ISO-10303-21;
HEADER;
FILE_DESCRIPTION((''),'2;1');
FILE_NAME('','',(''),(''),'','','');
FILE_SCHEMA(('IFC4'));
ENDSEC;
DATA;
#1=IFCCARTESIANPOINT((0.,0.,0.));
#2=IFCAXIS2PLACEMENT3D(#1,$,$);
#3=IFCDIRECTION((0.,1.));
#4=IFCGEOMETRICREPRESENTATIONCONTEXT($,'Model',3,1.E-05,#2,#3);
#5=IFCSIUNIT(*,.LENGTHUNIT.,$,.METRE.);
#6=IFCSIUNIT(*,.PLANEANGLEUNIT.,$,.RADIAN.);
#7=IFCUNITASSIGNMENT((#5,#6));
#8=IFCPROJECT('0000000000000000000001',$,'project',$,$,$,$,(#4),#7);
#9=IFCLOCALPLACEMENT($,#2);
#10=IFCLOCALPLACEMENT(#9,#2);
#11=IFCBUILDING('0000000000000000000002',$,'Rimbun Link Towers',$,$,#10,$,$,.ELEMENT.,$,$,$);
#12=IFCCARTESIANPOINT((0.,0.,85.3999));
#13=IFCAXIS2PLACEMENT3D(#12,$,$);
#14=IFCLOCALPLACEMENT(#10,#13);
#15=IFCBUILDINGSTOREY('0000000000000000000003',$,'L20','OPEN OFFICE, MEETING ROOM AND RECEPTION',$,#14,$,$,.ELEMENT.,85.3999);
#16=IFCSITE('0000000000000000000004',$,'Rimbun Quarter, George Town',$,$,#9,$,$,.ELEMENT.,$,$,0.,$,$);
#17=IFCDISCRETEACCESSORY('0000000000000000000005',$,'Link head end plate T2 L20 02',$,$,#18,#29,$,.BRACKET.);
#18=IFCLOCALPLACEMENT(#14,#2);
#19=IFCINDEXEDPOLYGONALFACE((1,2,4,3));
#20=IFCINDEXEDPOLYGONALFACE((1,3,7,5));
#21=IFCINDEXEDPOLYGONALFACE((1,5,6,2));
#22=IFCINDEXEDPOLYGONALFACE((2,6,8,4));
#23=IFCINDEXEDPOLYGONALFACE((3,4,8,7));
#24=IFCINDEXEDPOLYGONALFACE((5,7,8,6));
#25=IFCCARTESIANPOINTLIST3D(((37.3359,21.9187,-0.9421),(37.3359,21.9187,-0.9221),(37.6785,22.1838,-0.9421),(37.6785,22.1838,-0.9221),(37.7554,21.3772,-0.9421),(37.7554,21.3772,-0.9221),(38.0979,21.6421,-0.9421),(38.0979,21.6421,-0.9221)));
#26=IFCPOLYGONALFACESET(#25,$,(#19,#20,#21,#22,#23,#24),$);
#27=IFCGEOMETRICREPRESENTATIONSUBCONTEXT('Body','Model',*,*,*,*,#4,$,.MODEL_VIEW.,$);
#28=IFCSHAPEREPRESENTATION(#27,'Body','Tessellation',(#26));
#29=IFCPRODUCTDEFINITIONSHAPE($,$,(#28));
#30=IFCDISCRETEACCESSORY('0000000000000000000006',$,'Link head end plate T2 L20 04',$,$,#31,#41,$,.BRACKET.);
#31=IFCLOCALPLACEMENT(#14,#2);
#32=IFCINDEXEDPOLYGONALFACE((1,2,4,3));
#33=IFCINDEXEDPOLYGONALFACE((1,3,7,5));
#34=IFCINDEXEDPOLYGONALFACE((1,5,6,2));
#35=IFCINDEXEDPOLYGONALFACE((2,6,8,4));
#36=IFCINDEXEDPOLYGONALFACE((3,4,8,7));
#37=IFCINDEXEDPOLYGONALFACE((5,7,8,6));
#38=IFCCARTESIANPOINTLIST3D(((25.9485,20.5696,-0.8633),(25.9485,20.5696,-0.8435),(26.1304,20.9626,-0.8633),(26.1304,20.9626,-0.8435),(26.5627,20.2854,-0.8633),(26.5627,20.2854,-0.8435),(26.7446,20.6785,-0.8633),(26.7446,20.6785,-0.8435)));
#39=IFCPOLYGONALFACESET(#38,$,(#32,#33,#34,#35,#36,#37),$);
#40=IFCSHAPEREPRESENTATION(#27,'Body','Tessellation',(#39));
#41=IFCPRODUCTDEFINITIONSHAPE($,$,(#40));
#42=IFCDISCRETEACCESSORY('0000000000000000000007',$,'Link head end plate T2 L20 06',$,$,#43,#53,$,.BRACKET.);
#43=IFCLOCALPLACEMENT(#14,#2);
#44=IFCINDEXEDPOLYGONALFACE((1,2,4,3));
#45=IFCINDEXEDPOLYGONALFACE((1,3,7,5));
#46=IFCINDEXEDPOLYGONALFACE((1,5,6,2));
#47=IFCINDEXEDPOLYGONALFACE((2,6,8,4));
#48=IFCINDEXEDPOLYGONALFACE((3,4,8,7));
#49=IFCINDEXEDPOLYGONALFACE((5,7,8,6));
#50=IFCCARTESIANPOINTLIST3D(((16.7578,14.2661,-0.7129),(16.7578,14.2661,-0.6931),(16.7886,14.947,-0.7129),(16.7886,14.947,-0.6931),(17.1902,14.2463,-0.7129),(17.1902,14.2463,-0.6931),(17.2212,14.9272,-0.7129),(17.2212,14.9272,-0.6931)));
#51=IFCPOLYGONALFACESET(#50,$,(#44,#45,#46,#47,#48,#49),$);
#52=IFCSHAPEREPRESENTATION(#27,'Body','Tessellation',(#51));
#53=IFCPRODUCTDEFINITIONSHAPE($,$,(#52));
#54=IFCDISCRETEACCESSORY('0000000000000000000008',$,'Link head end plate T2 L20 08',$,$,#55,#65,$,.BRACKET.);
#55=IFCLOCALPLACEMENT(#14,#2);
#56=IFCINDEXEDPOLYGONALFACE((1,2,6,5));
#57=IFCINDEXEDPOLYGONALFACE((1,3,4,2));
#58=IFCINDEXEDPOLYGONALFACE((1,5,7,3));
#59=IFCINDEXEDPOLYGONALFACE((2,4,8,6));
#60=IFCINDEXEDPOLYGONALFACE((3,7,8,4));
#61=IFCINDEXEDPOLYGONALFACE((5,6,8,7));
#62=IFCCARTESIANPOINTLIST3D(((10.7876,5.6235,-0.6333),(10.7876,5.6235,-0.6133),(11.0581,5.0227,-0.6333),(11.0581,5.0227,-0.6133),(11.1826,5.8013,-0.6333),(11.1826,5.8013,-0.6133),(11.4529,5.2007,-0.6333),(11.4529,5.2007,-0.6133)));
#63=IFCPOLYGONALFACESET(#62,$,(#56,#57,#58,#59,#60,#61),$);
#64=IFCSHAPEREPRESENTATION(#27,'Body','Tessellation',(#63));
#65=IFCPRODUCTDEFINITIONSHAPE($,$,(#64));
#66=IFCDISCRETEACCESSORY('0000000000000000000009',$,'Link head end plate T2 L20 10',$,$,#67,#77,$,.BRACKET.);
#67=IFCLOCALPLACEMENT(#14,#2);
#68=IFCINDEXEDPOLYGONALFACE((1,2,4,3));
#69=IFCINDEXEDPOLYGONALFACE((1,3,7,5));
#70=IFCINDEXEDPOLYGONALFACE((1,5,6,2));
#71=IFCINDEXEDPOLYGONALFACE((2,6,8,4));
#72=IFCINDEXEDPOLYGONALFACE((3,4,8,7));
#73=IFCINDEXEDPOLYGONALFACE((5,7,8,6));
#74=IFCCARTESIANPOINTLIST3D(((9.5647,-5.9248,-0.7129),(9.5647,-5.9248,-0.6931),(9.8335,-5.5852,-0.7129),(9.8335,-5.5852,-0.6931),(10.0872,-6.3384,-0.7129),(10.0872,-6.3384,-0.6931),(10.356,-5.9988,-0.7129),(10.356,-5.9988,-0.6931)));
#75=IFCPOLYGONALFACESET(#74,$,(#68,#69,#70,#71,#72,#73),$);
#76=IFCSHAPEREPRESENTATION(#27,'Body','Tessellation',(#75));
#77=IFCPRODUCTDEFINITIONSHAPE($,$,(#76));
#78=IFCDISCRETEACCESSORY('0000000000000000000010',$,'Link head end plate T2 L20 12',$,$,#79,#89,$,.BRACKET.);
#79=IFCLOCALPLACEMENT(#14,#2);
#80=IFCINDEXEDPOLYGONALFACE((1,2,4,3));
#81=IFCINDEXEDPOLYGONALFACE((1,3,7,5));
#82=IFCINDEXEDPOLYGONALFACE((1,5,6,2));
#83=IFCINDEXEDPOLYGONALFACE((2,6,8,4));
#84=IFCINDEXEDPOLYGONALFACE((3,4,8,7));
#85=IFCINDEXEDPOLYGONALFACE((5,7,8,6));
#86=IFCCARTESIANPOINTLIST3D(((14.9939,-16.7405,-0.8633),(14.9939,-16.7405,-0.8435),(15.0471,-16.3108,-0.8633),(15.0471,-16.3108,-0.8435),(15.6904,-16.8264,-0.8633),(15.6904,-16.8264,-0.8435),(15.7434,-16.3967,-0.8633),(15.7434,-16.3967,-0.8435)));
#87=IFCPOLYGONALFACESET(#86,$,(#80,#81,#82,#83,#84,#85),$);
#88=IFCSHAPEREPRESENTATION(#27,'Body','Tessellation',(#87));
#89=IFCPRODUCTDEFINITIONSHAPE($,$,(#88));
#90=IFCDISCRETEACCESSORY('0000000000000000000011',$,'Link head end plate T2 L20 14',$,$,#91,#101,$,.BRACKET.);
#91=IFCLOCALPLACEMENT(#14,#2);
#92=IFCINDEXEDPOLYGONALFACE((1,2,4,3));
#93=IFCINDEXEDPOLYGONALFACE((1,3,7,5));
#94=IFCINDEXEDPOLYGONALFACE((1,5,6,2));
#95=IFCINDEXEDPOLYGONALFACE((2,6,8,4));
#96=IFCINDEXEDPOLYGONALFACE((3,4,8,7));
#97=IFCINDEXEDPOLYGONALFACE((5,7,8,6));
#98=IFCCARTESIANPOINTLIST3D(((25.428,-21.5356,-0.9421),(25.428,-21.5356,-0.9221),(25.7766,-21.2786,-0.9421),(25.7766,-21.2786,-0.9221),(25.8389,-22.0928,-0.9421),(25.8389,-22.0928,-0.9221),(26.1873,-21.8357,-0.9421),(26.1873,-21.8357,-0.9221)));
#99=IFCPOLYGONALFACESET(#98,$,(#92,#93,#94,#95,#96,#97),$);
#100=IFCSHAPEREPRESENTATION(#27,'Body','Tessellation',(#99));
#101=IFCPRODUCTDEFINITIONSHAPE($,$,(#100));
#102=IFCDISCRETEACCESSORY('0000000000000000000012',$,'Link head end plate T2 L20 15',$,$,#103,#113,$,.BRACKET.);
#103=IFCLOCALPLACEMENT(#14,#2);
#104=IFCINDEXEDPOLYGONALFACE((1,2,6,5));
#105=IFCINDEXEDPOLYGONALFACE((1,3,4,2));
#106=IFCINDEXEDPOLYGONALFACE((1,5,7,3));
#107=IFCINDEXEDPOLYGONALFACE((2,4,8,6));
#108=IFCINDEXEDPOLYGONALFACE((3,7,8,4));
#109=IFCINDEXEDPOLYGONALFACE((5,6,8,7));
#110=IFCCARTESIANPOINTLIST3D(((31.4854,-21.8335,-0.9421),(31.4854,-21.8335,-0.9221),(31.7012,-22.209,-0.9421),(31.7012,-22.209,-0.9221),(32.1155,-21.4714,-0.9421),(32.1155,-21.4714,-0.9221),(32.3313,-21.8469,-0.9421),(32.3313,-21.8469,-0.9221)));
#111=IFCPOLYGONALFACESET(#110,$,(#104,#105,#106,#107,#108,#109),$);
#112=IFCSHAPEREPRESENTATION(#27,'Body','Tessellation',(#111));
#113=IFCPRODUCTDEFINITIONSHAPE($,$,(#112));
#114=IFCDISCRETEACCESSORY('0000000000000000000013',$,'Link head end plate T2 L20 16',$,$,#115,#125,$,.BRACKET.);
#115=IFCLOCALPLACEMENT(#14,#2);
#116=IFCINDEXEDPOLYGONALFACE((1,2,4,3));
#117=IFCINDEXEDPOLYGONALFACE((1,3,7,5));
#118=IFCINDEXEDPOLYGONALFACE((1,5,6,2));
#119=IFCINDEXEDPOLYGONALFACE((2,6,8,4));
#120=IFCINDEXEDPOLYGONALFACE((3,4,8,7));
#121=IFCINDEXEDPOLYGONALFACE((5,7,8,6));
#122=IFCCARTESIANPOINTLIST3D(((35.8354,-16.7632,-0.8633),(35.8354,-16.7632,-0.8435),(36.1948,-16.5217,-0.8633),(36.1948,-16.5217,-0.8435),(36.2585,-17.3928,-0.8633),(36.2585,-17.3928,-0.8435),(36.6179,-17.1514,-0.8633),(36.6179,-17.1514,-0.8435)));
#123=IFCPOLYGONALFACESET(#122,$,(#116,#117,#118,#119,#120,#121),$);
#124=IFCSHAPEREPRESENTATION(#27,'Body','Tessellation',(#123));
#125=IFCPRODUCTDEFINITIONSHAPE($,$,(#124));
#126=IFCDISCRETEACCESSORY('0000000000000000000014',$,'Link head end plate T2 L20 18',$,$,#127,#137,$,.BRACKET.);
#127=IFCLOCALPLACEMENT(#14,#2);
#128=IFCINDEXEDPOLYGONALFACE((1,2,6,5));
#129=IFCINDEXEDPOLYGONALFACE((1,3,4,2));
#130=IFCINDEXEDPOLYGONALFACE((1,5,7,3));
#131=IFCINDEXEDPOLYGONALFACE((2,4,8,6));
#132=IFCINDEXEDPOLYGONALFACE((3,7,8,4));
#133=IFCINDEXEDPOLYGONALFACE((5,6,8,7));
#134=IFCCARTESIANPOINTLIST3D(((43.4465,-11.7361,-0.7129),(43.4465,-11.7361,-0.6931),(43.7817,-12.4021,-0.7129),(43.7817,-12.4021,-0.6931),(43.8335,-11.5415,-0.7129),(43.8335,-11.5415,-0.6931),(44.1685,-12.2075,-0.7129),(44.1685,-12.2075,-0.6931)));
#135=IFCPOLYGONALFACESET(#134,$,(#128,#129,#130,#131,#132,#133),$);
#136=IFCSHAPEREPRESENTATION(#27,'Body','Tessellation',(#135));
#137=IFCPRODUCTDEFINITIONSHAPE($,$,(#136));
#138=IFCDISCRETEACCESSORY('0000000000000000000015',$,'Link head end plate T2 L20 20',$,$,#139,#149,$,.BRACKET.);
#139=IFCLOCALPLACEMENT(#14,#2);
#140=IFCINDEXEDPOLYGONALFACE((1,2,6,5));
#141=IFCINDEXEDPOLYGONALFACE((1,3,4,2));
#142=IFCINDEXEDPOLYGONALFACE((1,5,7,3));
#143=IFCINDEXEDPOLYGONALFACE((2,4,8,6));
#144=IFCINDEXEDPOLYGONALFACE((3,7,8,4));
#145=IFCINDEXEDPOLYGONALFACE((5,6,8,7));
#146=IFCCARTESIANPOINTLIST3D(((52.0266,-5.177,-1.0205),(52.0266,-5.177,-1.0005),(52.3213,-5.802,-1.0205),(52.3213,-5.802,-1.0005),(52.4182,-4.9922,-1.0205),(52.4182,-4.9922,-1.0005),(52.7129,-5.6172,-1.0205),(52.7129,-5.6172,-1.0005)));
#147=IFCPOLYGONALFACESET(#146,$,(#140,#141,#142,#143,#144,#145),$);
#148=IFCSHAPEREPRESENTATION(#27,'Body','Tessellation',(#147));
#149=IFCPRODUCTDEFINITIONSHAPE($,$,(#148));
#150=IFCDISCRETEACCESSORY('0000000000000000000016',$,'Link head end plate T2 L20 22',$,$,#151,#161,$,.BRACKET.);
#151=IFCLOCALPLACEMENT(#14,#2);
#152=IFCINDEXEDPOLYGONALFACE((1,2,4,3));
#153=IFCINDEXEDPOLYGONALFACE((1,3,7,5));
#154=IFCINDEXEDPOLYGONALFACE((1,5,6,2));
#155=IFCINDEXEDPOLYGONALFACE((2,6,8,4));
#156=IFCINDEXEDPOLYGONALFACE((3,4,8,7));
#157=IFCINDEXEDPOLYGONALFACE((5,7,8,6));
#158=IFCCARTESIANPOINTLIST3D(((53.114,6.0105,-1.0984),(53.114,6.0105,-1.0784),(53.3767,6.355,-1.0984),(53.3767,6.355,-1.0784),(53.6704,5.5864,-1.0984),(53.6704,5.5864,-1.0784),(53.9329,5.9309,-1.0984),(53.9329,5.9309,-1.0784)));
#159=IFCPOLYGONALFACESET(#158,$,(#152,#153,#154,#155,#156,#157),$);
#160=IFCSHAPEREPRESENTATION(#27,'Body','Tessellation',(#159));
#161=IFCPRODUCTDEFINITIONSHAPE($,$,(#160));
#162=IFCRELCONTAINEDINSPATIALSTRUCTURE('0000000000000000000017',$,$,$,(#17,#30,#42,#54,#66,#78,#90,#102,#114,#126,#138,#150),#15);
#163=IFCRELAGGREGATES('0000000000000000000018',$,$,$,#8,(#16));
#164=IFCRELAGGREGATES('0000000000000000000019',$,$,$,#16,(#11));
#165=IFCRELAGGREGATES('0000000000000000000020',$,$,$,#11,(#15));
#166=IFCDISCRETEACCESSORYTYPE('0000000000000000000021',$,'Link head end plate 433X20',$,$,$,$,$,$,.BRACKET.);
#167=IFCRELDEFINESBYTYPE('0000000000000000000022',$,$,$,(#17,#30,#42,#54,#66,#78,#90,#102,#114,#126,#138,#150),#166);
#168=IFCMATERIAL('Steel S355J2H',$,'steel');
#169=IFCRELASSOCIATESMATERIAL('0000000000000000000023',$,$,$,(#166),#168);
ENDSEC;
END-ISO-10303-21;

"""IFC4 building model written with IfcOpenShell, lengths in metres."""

from ifc_helpers import new_model, si_unit, direction, frame, origin, origin_2d, place, context, subcontext, project, spatial, polyline, rectangle, outline, extrude, material, material_profile, profile_set, type_object, element, save


model = new_model("IFC4")

# Units and contexts
model_context = context("Model", 3, precision=1e-05, world=origin(), true_north=direction((0.0, 1.0)))
body_context = subcontext(model_context, "Body", "Model", "MODEL_VIEW")
ifc_project = project(units=[si_unit("LENGTHUNIT", "METRE"), si_unit("PLANEANGLEUNIT", "RADIAN")], contexts=[model_context])

# Site, building, storey
site_placement = place(None, origin())
site = spatial("IfcSite", under=ifc_project, at=site_placement, Name="Rimbun Quarter, George Town", CompositionType="ELEMENT", RefElevation=0.0)
building_placement = place(site_placement, origin())
building = spatial("IfcBuilding", under=site, at=building_placement, Name="Rimbun Link Towers", CompositionType="ELEMENT")
storey_placement = place(building_placement, frame((0.0, 0.0, 85.3999)))
storey = spatial("IfcBuildingStorey", under=building, at=storey_placement, Name="L20", Description="OPEN OFFICE, MEETING ROOM AND RECEPTION", CompositionType="ELEMENT", Elevation=85.3999)

# Discrete accessories
ifc_material_1 = material(Name="Steel S355J2H", Category="steel")
ifc_material_profile_1 = material_profile(ifc_material_1, rectangle(XDim=0.4331, YDim=0.4331, at=origin_2d()), Name="PL 433x433")
ifc_profile_set_1 = profile_set([ifc_material_profile_1], Name="Steel S355J2H")
discrete_accessory_type_1 = type_object("IfcDiscreteAccessoryType", Name="Link head end plate 433X20", PredefinedType="BRACKET", material=ifc_profile_set_1)
discrete_accessory_1_placement = place(storey_placement, frame((0.0, 0.0, -0.9421)))
element("IfcDiscreteAccessory", 1, at=discrete_accessory_1_placement, inside=storey, type_object=discrete_accessory_type_1, Name="Link head end plate T2 L20 02", PredefinedType="BRACKET", context=body_context, shape_type="SweptSolid", body=[
    extrude(outline(polyline([(38.0979, 21.6421), (37.6785, 22.1838), (37.3359, 21.9187), (37.7554, 21.3772), (38.0979, 21.6421)])), origin(), (0.0, 0.0, 1.0), 0.02),
])
discrete_accessory_2_placement = place(storey_placement, frame((0.0, 0.0, -0.8633)))
element("IfcDiscreteAccessory", 2, at=discrete_accessory_2_placement, inside=storey, type_object=discrete_accessory_type_1, Name="Link head end plate T2 L20 04", PredefinedType="BRACKET", context=body_context, shape_type="SweptSolid", body=[
    extrude(outline(polyline([(26.7446, 20.6785), (26.1304, 20.9626), (25.9485, 20.5696), (26.5627, 20.2854), (26.7446, 20.6785)])), origin(), (0.0, 0.0, 1.0), 0.0198),
])
discrete_accessory_3_placement = place(storey_placement, frame((0.0, 0.0, -0.7129)))
element("IfcDiscreteAccessory", 3, at=discrete_accessory_3_placement, inside=storey, type_object=discrete_accessory_type_1, Name="Link head end plate T2 L20 06", PredefinedType="BRACKET", context=body_context, shape_type="SweptSolid", body=[
    extrude(outline(polyline([(17.1902, 14.2463), (17.2212, 14.9272), (16.7886, 14.947), (16.7578, 14.2661), (17.1902, 14.2463)])), origin(), (0.0, 0.0, 1.0), 0.0198),
])
discrete_accessory_4_placement = place(storey_placement, frame((0.0, 0.0, -0.6333)))
element("IfcDiscreteAccessory", 4, at=discrete_accessory_4_placement, inside=storey, type_object=discrete_accessory_type_1, Name="Link head end plate T2 L20 08", PredefinedType="BRACKET", context=body_context, shape_type="SweptSolid", body=[
    extrude(outline(polyline([(11.4529, 5.2007), (11.1826, 5.8013), (10.7876, 5.6235), (11.0581, 5.0227), (11.4529, 5.2007)])), origin(), (0.0, 0.0, 1.0), 0.02),
])
discrete_accessory_5_placement = place(storey_placement, frame((0.0, 0.0, -0.7129)))
element("IfcDiscreteAccessory", 5, at=discrete_accessory_5_placement, inside=storey, type_object=discrete_accessory_type_1, Name="Link head end plate T2 L20 10", PredefinedType="BRACKET", context=body_context, shape_type="SweptSolid", body=[
    extrude(outline(polyline([(10.356, -5.9988), (9.8335, -5.5852), (9.5647, -5.9248), (10.0872, -6.3384), (10.356, -5.9988)])), origin(), (0.0, 0.0, 1.0), 0.0198),
])
discrete_accessory_6_placement = place(storey_placement, frame((0.0, 0.0, -0.8633)))
element("IfcDiscreteAccessory", 6, at=discrete_accessory_6_placement, inside=storey, type_object=discrete_accessory_type_1, Name="Link head end plate T2 L20 12", PredefinedType="BRACKET", context=body_context, shape_type="SweptSolid", body=[
    extrude(outline(polyline([(15.7434, -16.3967), (15.0471, -16.3108), (14.9939, -16.7405), (15.6904, -16.8264), (15.7434, -16.3967)])), origin(), (0.0, 0.0, 1.0), 0.0198),
])
discrete_accessory_7_placement = place(storey_placement, frame((0.0, 0.0, -0.9421)))
element("IfcDiscreteAccessory", 7, at=discrete_accessory_7_placement, inside=storey, type_object=discrete_accessory_type_1, Name="Link head end plate T2 L20 14", PredefinedType="BRACKET", context=body_context, shape_type="SweptSolid", body=[
    extrude(outline(polyline([(25.428, -21.5356), (25.8389, -22.0928), (26.1873, -21.8357), (25.7766, -21.2786), (25.428, -21.5356)])), origin(), (0.0, 0.0, 1.0), 0.02),
])
discrete_accessory_8_placement = place(storey_placement, frame((0.0, 0.0, -0.9421)))
element("IfcDiscreteAccessory", 8, at=discrete_accessory_8_placement, inside=storey, type_object=discrete_accessory_type_1, Name="Link head end plate T2 L20 15", PredefinedType="BRACKET", context=body_context, shape_type="SweptSolid", body=[
    extrude(outline(polyline([(32.1155, -21.4714), (31.4854, -21.8335), (31.7012, -22.209), (32.3313, -21.8469), (32.1155, -21.4714)])), origin(), (0.0, 0.0, 1.0), 0.02),
])
discrete_accessory_9_placement = place(storey_placement, frame((0.0, 0.0, -0.8633)))
element("IfcDiscreteAccessory", 9, at=discrete_accessory_9_placement, inside=storey, type_object=discrete_accessory_type_1, Name="Link head end plate T2 L20 16", PredefinedType="BRACKET", context=body_context, shape_type="SweptSolid", body=[
    extrude(outline(polyline([(35.8354, -16.7632), (36.2585, -17.3928), (36.6179, -17.1514), (36.1948, -16.5217), (35.8354, -16.7632)])), origin(), (0.0, 0.0, 1.0), 0.0198),
])
discrete_accessory_10_placement = place(storey_placement, frame((0.0, 0.0, -0.7129)))
element("IfcDiscreteAccessory", 10, at=discrete_accessory_10_placement, inside=storey, type_object=discrete_accessory_type_1, Name="Link head end plate T2 L20 18", PredefinedType="BRACKET", context=body_context, shape_type="SweptSolid", body=[
    extrude(outline(polyline([(43.4465, -11.7361), (43.7817, -12.4021), (44.1685, -12.2075), (43.8335, -11.5415), (43.4465, -11.7361)])), origin(), (0.0, 0.0, 1.0), 0.0198),
])
discrete_accessory_11_placement = place(storey_placement, frame((0.0, 0.0, -1.0205)))
element("IfcDiscreteAccessory", 11, at=discrete_accessory_11_placement, inside=storey, type_object=discrete_accessory_type_1, Name="Link head end plate T2 L20 20", PredefinedType="BRACKET", context=body_context, shape_type="SweptSolid", body=[
    extrude(outline(polyline([(52.0266, -5.177), (52.3213, -5.802), (52.7129, -5.6172), (52.4182, -4.9922), (52.0266, -5.177)])), origin(), (0.0, 0.0, 1.0), 0.02),
])
discrete_accessory_12_placement = place(storey_placement, frame((0.0, 0.0, -1.0984)))
element("IfcDiscreteAccessory", 12, at=discrete_accessory_12_placement, inside=storey, type_object=discrete_accessory_type_1, Name="Link head end plate T2 L20 22", PredefinedType="BRACKET", context=body_context, shape_type="SweptSolid", body=[
    extrude(outline(polyline([(53.114, 6.0105), (53.6704, 5.5864), (53.9329, 5.9309), (53.3767, 6.355), (53.114, 6.0105)])), origin(), (0.0, 0.0, 1.0), 0.02),
])

save(model, "model.ifc")
